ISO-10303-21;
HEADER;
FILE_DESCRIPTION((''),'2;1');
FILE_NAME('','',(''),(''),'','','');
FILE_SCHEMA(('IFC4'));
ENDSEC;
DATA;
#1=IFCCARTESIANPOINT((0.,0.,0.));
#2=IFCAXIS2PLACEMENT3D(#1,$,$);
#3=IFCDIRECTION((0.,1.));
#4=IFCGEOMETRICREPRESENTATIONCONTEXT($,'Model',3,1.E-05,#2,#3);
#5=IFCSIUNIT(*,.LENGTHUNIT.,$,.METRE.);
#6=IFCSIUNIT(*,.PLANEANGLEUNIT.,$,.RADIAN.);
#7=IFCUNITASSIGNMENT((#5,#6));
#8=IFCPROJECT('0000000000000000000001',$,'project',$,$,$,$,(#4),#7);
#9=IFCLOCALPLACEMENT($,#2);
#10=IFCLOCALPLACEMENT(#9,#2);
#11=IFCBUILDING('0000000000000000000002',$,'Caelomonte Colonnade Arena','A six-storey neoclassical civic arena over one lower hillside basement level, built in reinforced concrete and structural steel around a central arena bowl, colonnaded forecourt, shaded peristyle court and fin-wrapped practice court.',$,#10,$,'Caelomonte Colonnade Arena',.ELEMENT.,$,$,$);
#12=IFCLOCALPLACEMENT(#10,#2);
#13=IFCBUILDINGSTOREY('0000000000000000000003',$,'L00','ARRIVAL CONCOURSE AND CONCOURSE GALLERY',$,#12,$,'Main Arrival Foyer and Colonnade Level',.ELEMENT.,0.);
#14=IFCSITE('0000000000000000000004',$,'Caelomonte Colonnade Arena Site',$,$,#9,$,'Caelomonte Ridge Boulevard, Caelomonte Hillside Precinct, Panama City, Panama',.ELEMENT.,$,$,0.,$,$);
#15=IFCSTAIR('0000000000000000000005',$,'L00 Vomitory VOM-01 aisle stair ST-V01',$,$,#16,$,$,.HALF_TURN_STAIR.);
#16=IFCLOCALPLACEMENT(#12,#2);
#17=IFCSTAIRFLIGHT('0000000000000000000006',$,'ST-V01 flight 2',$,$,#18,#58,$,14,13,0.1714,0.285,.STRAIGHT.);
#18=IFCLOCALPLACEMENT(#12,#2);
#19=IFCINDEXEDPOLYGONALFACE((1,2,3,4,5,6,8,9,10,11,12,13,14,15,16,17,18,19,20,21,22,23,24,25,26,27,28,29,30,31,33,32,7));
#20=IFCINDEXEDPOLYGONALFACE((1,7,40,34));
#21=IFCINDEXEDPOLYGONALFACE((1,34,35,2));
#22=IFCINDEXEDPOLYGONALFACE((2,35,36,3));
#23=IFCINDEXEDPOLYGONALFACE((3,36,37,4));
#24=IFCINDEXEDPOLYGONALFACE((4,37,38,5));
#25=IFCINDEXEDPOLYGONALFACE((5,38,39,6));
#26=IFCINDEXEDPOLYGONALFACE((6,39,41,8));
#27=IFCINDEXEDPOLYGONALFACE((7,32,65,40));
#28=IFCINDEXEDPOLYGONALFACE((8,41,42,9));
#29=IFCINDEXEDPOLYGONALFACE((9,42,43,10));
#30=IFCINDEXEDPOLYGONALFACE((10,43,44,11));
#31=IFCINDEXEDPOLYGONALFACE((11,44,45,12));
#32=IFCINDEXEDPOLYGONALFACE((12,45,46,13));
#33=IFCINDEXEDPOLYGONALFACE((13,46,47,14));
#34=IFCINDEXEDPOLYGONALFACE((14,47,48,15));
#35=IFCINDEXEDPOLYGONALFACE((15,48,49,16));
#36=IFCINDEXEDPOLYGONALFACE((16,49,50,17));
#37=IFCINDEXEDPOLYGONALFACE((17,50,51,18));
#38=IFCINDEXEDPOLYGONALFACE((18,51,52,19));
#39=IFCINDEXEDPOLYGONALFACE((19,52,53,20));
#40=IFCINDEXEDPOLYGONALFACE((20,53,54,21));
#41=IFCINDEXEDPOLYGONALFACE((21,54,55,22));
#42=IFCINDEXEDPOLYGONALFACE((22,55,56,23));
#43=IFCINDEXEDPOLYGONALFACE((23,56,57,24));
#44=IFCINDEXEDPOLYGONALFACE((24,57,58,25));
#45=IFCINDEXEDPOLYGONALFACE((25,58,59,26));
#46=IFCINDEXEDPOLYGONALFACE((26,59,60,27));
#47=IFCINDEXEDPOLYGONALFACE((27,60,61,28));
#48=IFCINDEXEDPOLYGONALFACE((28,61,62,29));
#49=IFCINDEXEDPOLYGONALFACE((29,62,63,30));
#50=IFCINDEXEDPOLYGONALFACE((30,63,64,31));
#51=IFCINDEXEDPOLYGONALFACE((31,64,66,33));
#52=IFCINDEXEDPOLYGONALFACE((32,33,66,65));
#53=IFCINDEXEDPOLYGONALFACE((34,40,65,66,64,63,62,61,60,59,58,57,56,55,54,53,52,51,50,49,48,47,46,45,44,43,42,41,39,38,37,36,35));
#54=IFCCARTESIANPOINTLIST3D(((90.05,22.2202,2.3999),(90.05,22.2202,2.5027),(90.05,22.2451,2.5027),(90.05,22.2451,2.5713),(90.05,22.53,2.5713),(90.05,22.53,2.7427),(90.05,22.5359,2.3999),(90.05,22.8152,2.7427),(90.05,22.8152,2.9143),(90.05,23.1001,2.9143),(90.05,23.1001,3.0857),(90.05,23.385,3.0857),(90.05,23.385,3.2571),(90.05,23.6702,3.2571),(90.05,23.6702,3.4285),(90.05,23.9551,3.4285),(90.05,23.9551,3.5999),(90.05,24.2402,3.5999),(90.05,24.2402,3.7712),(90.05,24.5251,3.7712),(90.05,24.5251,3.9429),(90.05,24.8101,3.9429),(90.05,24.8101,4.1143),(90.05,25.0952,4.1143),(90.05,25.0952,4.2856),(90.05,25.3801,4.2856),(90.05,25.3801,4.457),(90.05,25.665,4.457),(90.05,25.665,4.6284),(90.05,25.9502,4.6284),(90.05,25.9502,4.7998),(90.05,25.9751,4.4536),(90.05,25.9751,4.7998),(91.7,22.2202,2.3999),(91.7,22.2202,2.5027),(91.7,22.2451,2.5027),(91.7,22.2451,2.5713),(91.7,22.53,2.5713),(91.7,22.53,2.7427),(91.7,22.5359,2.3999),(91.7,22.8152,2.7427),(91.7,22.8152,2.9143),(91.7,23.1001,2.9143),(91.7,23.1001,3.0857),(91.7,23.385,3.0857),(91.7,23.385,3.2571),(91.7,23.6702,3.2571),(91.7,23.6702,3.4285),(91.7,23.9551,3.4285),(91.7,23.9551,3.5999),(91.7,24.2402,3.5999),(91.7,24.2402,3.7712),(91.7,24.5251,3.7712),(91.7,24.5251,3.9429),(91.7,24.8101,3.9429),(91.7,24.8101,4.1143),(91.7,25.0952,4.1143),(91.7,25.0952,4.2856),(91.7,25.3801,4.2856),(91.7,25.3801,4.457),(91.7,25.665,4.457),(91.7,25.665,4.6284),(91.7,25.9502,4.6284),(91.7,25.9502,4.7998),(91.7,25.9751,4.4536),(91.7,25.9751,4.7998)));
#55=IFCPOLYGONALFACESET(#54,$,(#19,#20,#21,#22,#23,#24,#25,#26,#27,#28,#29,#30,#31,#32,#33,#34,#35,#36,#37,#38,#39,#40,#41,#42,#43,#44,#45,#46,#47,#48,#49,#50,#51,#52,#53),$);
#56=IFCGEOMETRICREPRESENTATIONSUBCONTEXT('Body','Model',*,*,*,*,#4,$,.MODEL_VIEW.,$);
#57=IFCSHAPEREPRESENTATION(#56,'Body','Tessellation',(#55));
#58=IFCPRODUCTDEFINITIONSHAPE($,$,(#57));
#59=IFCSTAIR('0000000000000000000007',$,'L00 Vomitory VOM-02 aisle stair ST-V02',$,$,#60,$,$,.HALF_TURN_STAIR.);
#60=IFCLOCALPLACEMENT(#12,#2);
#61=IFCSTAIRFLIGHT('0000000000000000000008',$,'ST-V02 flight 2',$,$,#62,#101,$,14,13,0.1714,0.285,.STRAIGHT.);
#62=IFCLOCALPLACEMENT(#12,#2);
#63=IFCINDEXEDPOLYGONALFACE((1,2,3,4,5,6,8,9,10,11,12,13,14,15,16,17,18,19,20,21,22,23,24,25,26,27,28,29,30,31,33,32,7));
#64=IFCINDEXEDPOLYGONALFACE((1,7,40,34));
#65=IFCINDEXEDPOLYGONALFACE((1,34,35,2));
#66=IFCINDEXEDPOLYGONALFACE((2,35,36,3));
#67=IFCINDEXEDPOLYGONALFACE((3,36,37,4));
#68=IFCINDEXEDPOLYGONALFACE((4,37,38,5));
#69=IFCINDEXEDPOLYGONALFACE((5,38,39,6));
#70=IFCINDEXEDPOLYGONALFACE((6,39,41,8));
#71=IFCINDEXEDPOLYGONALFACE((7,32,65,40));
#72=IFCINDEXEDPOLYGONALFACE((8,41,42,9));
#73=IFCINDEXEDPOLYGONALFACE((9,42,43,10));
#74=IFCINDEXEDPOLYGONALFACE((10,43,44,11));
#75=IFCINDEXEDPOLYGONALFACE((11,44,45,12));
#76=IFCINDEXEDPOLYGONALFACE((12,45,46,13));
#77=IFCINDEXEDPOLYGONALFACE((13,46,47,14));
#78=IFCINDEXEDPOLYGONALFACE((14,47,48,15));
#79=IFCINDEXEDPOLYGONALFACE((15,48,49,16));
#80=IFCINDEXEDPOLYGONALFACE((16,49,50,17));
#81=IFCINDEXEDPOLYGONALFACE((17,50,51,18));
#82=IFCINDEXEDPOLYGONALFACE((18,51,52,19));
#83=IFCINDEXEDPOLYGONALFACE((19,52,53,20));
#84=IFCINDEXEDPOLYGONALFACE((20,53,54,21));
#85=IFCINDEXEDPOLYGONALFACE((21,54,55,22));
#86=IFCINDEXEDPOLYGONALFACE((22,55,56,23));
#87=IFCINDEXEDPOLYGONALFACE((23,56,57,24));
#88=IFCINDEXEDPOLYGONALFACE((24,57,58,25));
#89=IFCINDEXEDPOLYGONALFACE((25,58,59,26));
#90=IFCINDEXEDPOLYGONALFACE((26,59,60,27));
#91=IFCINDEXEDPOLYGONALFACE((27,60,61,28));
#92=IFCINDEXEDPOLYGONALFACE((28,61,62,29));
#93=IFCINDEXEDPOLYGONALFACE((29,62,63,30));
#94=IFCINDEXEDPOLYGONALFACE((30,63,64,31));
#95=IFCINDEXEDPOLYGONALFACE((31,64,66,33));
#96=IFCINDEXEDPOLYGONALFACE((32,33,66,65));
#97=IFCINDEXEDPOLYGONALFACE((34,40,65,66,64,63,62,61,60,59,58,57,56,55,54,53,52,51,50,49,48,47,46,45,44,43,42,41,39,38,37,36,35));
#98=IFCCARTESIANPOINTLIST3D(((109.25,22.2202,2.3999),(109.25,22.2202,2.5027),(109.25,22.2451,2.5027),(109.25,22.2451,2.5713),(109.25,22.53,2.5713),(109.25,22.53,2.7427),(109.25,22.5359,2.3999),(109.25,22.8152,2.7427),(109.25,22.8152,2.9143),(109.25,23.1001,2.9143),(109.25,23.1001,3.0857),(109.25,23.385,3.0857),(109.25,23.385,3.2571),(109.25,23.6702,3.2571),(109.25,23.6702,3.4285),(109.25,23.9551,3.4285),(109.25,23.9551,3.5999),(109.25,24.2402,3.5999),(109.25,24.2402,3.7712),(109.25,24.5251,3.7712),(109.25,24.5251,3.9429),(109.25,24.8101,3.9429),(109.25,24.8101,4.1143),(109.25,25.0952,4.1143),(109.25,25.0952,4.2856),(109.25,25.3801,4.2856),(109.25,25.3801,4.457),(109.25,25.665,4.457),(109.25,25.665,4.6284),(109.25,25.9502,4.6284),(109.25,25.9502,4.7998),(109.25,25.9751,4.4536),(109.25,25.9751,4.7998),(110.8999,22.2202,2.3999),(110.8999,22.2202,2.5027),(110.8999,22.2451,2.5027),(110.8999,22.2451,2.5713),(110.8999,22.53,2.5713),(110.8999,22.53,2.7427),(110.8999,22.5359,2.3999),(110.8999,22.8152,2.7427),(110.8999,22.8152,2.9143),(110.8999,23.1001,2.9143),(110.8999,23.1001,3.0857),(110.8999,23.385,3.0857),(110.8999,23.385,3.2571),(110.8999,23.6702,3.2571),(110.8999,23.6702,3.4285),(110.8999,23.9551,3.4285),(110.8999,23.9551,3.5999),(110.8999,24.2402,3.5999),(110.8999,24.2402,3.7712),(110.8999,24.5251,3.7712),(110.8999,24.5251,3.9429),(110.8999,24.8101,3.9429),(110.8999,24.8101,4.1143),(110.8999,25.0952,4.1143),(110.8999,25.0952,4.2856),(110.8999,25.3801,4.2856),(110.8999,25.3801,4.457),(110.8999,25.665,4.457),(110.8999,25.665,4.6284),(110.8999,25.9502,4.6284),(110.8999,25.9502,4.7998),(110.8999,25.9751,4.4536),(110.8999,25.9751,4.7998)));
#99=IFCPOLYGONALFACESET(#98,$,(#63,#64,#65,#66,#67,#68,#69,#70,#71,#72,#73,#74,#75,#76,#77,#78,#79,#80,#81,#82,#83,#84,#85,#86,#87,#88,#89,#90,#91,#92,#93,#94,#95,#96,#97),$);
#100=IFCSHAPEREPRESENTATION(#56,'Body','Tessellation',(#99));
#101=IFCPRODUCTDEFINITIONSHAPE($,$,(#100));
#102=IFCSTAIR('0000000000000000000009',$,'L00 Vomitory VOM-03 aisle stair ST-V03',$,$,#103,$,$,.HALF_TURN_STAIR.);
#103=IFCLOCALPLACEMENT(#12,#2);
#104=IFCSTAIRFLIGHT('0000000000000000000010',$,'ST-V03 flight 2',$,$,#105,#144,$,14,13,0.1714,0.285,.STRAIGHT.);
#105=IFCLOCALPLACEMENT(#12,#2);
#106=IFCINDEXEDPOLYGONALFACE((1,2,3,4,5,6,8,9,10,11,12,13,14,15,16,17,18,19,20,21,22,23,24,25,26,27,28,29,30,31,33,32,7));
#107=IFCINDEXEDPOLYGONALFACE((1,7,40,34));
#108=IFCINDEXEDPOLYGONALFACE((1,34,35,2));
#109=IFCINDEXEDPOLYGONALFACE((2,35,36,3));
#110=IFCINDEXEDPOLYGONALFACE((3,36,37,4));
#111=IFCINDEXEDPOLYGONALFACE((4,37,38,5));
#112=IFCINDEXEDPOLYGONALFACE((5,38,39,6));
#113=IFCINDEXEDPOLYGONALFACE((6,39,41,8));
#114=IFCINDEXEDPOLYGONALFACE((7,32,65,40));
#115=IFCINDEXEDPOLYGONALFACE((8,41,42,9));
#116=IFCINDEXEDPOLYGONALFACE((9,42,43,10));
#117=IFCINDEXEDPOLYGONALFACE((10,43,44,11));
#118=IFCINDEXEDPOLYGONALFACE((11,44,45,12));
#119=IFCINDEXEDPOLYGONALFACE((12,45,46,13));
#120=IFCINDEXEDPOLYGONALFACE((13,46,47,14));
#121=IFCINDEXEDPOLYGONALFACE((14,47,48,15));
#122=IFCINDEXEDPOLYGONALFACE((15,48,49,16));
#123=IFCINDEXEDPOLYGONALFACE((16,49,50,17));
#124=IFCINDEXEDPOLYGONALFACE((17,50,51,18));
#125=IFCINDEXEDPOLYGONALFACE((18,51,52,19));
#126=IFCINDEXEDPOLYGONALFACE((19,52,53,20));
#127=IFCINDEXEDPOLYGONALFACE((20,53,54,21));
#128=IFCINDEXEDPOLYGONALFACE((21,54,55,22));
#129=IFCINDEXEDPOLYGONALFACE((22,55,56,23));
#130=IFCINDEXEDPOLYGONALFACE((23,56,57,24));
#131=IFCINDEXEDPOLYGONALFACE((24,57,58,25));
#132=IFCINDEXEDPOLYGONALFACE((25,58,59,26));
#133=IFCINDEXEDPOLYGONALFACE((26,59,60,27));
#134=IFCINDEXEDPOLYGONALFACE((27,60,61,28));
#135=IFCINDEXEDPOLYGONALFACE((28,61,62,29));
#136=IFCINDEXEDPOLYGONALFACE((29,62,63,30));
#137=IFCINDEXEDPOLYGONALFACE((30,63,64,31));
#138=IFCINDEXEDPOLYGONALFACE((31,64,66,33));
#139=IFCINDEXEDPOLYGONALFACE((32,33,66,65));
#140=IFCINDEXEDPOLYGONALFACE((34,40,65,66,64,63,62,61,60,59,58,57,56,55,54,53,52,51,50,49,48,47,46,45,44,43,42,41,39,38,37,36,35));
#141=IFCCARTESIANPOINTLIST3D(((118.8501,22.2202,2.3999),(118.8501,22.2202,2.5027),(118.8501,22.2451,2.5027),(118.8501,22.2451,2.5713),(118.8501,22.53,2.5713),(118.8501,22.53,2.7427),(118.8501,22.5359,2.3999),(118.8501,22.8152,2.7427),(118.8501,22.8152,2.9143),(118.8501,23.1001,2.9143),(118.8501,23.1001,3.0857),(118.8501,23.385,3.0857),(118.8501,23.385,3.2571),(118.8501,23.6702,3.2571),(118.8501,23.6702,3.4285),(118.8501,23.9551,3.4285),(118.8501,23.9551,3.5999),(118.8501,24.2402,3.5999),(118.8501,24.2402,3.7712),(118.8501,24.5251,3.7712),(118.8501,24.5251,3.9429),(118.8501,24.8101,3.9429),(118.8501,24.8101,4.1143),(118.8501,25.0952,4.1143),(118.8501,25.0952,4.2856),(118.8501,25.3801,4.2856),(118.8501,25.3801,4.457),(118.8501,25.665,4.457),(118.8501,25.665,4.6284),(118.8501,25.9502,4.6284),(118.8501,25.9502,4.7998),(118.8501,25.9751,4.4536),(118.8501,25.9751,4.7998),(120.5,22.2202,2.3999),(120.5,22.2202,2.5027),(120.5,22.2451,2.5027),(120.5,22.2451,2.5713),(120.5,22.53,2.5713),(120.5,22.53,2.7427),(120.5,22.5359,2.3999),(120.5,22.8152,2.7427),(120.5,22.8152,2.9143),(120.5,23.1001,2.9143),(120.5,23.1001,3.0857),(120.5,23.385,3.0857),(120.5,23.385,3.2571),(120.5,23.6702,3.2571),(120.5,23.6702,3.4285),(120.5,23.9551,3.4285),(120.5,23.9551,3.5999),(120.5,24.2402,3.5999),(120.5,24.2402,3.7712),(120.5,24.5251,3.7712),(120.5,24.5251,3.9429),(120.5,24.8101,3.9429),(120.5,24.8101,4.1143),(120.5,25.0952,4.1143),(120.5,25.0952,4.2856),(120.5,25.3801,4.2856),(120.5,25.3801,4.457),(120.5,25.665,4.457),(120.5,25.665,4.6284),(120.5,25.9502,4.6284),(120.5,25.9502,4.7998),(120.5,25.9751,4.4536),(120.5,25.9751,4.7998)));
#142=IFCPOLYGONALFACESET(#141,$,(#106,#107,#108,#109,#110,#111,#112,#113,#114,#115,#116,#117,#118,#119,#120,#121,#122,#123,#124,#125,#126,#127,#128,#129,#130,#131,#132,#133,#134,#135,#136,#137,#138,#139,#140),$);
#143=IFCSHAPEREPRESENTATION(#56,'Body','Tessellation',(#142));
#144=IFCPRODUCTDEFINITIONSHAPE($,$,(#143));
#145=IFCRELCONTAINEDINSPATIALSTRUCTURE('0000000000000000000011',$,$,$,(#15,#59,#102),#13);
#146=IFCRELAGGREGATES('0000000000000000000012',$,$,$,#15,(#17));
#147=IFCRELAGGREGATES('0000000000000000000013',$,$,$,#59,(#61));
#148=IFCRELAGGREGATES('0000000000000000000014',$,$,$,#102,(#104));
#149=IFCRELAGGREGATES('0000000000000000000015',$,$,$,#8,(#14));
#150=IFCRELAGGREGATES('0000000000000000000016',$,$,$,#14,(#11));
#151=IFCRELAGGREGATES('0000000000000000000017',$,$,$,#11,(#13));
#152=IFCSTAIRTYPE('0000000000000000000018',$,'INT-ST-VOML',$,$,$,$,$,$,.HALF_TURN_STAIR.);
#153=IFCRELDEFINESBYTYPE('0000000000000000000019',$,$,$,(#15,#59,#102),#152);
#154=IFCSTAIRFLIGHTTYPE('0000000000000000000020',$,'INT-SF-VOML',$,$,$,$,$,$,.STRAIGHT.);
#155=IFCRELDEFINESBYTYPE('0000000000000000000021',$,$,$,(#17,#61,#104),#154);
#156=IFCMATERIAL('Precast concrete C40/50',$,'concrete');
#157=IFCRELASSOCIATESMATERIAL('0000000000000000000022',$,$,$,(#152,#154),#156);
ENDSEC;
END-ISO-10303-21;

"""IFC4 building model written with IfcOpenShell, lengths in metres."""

from ifc_helpers import new_model, si_unit, direction, frame, origin, place, context, subcontext, project, spatial, polyline, outline, extrude, material, type_object, element, aggregate, save


model = new_model("IFC4")

# Units and contexts
model_context = context("Model", 3, precision=1e-05, world=origin(), true_north=direction((0.0, 1.0)))
body_context = subcontext(model_context, "Body", "Model", "MODEL_VIEW")
ifc_project = project(units=[si_unit("LENGTHUNIT", "METRE"), si_unit("PLANEANGLEUNIT", "RADIAN")], contexts=[model_context])

# Site, building, storey
site_placement = place(None, origin())
site = spatial("IfcSite", under=ifc_project, at=site_placement, Name="Caelomonte Colonnade Arena Site", LongName="Caelomonte Ridge Boulevard, Caelomonte Hillside Precinct, Panama City, Panama", CompositionType="ELEMENT", RefElevation=0.0)
building_placement = place(site_placement, origin())
building = spatial("IfcBuilding", under=site, at=building_placement, Name="Caelomonte Colonnade Arena", Description="A six-storey neoclassical civic arena over one lower hillside basement level, built in reinforced concrete and structural steel around a central arena bowl, colonnaded forecourt, shaded peristyle court and fin-wrapped practice court.", LongName="Caelomonte Colonnade Arena", CompositionType="ELEMENT")
storey_placement = place(building_placement, origin())
storey = spatial("IfcBuildingStorey", under=building, at=storey_placement, Name="L00", Description="ARRIVAL CONCOURSE AND CONCOURSE GALLERY", LongName="Main Arrival Foyer and Colonnade Level", CompositionType="ELEMENT", Elevation=0.0)

# Stairs, stair flights
ifc_material_1 = material(Name="Precast concrete C40/50", Category="concrete")
stair_type = type_object("IfcStairType", Name="INT-ST-VOML", PredefinedType="HALF_TURN_STAIR", material=ifc_material_1)
stair_1_placement = place(storey_placement, origin())
stair_1 = element("IfcStair", 1, at=stair_1_placement, inside=storey, type_object=stair_type, Name="L00 Vomitory VOM-01 aisle stair ST-V01", PredefinedType="HALF_TURN_STAIR")
stair_flight_type = type_object("IfcStairFlightType", Name="INT-SF-VOML", PredefinedType="STRAIGHT", material=ifc_material_1)
stair_flight_1_placement = place(storey_placement, frame((90.875, 22.2451, 2.3999), z_axis=(0.0, 0.0, 1.0), x_axis=(0.0, 1.0, 0.0)))
stair_flight_1 = element("IfcStairFlight", 2, at=stair_flight_1_placement, type_object=stair_flight_type, Name="ST-V01 flight 2", NumberOfRisers=14, NumberOfTreads=13, PredefinedType="STRAIGHT", RiserHeight=0.1714, TreadLength=0.285, context=body_context, shape_type="SweptSolid", body=[
    extrude(outline(polyline([(-0.0249, 0.0), (-0.0249, 0.1028), (0.0, 0.1028), (0.0, 0.1714), (0.2849, 0.1714), (0.2849, 0.3428), (0.5701, 0.3428), (0.5701, 0.5144), (0.855, 0.5144), (0.855, 0.6858), (1.1399, 0.6858), (1.1399, 0.8572), (1.425, 0.8572), (1.425, 1.0286), (1.71, 1.0286), (1.71, 1.2), (1.9951, 1.2), (1.9951, 1.3713), (2.28, 1.3713), (2.28, 1.543), (2.5649, 1.543), (2.5649, 1.7144), (2.8501, 1.7144), (2.8501, 1.8857), (3.135, 1.8857), (3.135, 2.0571), (3.4199, 2.0571), (3.4199, 2.2285), (3.7051, 2.2285), (3.7051, 2.3999), (3.73, 2.3999), (3.73, 2.0537), (0.2908, 0.0), (-0.0249, 0.0)])), frame((0.0, 0.825, 0.0), z_axis=(0.0, -1.0, 0.0), x_axis=(1.0, 0.0, 0.0)), (0.0, 0.0, 1.0), 1.6499),
])
aggregate(stair_1, [stair_flight_1])
stair_2_placement = place(storey_placement, origin())
stair_2 = element("IfcStair", 3, at=stair_2_placement, inside=storey, type_object=stair_type, Name="L00 Vomitory VOM-02 aisle stair ST-V02", PredefinedType="HALF_TURN_STAIR")
stair_flight_2_placement = place(storey_placement, frame((110.075, 22.2451, 2.3999), z_axis=(0.0, 0.0, 1.0), x_axis=(0.0, 1.0, 0.0)))
stair_flight_2 = element("IfcStairFlight", 4, at=stair_flight_2_placement, type_object=stair_flight_type, Name="ST-V02 flight 2", NumberOfRisers=14, NumberOfTreads=13, PredefinedType="STRAIGHT", RiserHeight=0.1714, TreadLength=0.285, context=body_context, shape_type="SweptSolid", body=[
    extrude(outline(polyline([(-0.0249, 0.0), (-0.0249, 0.1028), (0.0, 0.1028), (0.0, 0.1714), (0.2849, 0.1714), (0.2849, 0.3428), (0.5701, 0.3428), (0.5701, 0.5144), (0.855, 0.5144), (0.855, 0.6858), (1.1399, 0.6858), (1.1399, 0.8572), (1.425, 0.8572), (1.425, 1.0286), (1.71, 1.0286), (1.71, 1.2), (1.9951, 1.2), (1.9951, 1.3713), (2.28, 1.3713), (2.28, 1.543), (2.5649, 1.543), (2.5649, 1.7144), (2.8501, 1.7144), (2.8501, 1.8857), (3.135, 1.8857), (3.135, 2.0571), (3.4199, 2.0571), (3.4199, 2.2285), (3.7051, 2.2285), (3.7051, 2.3999), (3.73, 2.3999), (3.73, 2.0537), (0.2908, 0.0), (-0.0249, 0.0)])), frame((0.0, 0.825, 0.0), z_axis=(0.0, -1.0, 0.0), x_axis=(1.0, 0.0, 0.0)), (0.0, 0.0, 1.0), 1.6499),
])
aggregate(stair_2, [stair_flight_2])
stair_3_placement = place(storey_placement, origin())
stair_3 = element("IfcStair", 5, at=stair_3_placement, inside=storey, type_object=stair_type, Name="L00 Vomitory VOM-03 aisle stair ST-V03", PredefinedType="HALF_TURN_STAIR")
stair_flight_3_placement = place(storey_placement, frame((119.675, 22.2451, 2.3999), z_axis=(0.0, 0.0, 1.0), x_axis=(0.0, 1.0, 0.0)))
stair_flight_3 = element("IfcStairFlight", 6, at=stair_flight_3_placement, type_object=stair_flight_type, Name="ST-V03 flight 2", NumberOfRisers=14, NumberOfTreads=13, PredefinedType="STRAIGHT", RiserHeight=0.1714, TreadLength=0.285, context=body_context, shape_type="SweptSolid", body=[
    extrude(outline(polyline([(-0.0249, 0.0), (-0.0249, 0.1028), (0.0, 0.1028), (0.0, 0.1714), (0.2849, 0.1714), (0.2849, 0.3428), (0.5701, 0.3428), (0.5701, 0.5144), (0.855, 0.5144), (0.855, 0.6858), (1.1399, 0.6858), (1.1399, 0.8572), (1.425, 0.8572), (1.425, 1.0286), (1.71, 1.0286), (1.71, 1.2), (1.9951, 1.2), (1.9951, 1.3713), (2.28, 1.3713), (2.28, 1.543), (2.5649, 1.543), (2.5649, 1.7144), (2.8501, 1.7144), (2.8501, 1.8857), (3.135, 1.8857), (3.135, 2.0571), (3.4199, 2.0571), (3.4199, 2.2285), (3.7051, 2.2285), (3.7051, 2.3999), (3.73, 2.3999), (3.73, 2.0537), (0.2908, 0.0), (-0.0249, 0.0)])), frame((0.0, 0.825, 0.0), z_axis=(0.0, -1.0, 0.0), x_axis=(1.0, 0.0, 0.0)), (0.0, 0.0, 1.0), 1.6499),
])
aggregate(stair_3, [stair_flight_3])

save(model, "model.ifc")
